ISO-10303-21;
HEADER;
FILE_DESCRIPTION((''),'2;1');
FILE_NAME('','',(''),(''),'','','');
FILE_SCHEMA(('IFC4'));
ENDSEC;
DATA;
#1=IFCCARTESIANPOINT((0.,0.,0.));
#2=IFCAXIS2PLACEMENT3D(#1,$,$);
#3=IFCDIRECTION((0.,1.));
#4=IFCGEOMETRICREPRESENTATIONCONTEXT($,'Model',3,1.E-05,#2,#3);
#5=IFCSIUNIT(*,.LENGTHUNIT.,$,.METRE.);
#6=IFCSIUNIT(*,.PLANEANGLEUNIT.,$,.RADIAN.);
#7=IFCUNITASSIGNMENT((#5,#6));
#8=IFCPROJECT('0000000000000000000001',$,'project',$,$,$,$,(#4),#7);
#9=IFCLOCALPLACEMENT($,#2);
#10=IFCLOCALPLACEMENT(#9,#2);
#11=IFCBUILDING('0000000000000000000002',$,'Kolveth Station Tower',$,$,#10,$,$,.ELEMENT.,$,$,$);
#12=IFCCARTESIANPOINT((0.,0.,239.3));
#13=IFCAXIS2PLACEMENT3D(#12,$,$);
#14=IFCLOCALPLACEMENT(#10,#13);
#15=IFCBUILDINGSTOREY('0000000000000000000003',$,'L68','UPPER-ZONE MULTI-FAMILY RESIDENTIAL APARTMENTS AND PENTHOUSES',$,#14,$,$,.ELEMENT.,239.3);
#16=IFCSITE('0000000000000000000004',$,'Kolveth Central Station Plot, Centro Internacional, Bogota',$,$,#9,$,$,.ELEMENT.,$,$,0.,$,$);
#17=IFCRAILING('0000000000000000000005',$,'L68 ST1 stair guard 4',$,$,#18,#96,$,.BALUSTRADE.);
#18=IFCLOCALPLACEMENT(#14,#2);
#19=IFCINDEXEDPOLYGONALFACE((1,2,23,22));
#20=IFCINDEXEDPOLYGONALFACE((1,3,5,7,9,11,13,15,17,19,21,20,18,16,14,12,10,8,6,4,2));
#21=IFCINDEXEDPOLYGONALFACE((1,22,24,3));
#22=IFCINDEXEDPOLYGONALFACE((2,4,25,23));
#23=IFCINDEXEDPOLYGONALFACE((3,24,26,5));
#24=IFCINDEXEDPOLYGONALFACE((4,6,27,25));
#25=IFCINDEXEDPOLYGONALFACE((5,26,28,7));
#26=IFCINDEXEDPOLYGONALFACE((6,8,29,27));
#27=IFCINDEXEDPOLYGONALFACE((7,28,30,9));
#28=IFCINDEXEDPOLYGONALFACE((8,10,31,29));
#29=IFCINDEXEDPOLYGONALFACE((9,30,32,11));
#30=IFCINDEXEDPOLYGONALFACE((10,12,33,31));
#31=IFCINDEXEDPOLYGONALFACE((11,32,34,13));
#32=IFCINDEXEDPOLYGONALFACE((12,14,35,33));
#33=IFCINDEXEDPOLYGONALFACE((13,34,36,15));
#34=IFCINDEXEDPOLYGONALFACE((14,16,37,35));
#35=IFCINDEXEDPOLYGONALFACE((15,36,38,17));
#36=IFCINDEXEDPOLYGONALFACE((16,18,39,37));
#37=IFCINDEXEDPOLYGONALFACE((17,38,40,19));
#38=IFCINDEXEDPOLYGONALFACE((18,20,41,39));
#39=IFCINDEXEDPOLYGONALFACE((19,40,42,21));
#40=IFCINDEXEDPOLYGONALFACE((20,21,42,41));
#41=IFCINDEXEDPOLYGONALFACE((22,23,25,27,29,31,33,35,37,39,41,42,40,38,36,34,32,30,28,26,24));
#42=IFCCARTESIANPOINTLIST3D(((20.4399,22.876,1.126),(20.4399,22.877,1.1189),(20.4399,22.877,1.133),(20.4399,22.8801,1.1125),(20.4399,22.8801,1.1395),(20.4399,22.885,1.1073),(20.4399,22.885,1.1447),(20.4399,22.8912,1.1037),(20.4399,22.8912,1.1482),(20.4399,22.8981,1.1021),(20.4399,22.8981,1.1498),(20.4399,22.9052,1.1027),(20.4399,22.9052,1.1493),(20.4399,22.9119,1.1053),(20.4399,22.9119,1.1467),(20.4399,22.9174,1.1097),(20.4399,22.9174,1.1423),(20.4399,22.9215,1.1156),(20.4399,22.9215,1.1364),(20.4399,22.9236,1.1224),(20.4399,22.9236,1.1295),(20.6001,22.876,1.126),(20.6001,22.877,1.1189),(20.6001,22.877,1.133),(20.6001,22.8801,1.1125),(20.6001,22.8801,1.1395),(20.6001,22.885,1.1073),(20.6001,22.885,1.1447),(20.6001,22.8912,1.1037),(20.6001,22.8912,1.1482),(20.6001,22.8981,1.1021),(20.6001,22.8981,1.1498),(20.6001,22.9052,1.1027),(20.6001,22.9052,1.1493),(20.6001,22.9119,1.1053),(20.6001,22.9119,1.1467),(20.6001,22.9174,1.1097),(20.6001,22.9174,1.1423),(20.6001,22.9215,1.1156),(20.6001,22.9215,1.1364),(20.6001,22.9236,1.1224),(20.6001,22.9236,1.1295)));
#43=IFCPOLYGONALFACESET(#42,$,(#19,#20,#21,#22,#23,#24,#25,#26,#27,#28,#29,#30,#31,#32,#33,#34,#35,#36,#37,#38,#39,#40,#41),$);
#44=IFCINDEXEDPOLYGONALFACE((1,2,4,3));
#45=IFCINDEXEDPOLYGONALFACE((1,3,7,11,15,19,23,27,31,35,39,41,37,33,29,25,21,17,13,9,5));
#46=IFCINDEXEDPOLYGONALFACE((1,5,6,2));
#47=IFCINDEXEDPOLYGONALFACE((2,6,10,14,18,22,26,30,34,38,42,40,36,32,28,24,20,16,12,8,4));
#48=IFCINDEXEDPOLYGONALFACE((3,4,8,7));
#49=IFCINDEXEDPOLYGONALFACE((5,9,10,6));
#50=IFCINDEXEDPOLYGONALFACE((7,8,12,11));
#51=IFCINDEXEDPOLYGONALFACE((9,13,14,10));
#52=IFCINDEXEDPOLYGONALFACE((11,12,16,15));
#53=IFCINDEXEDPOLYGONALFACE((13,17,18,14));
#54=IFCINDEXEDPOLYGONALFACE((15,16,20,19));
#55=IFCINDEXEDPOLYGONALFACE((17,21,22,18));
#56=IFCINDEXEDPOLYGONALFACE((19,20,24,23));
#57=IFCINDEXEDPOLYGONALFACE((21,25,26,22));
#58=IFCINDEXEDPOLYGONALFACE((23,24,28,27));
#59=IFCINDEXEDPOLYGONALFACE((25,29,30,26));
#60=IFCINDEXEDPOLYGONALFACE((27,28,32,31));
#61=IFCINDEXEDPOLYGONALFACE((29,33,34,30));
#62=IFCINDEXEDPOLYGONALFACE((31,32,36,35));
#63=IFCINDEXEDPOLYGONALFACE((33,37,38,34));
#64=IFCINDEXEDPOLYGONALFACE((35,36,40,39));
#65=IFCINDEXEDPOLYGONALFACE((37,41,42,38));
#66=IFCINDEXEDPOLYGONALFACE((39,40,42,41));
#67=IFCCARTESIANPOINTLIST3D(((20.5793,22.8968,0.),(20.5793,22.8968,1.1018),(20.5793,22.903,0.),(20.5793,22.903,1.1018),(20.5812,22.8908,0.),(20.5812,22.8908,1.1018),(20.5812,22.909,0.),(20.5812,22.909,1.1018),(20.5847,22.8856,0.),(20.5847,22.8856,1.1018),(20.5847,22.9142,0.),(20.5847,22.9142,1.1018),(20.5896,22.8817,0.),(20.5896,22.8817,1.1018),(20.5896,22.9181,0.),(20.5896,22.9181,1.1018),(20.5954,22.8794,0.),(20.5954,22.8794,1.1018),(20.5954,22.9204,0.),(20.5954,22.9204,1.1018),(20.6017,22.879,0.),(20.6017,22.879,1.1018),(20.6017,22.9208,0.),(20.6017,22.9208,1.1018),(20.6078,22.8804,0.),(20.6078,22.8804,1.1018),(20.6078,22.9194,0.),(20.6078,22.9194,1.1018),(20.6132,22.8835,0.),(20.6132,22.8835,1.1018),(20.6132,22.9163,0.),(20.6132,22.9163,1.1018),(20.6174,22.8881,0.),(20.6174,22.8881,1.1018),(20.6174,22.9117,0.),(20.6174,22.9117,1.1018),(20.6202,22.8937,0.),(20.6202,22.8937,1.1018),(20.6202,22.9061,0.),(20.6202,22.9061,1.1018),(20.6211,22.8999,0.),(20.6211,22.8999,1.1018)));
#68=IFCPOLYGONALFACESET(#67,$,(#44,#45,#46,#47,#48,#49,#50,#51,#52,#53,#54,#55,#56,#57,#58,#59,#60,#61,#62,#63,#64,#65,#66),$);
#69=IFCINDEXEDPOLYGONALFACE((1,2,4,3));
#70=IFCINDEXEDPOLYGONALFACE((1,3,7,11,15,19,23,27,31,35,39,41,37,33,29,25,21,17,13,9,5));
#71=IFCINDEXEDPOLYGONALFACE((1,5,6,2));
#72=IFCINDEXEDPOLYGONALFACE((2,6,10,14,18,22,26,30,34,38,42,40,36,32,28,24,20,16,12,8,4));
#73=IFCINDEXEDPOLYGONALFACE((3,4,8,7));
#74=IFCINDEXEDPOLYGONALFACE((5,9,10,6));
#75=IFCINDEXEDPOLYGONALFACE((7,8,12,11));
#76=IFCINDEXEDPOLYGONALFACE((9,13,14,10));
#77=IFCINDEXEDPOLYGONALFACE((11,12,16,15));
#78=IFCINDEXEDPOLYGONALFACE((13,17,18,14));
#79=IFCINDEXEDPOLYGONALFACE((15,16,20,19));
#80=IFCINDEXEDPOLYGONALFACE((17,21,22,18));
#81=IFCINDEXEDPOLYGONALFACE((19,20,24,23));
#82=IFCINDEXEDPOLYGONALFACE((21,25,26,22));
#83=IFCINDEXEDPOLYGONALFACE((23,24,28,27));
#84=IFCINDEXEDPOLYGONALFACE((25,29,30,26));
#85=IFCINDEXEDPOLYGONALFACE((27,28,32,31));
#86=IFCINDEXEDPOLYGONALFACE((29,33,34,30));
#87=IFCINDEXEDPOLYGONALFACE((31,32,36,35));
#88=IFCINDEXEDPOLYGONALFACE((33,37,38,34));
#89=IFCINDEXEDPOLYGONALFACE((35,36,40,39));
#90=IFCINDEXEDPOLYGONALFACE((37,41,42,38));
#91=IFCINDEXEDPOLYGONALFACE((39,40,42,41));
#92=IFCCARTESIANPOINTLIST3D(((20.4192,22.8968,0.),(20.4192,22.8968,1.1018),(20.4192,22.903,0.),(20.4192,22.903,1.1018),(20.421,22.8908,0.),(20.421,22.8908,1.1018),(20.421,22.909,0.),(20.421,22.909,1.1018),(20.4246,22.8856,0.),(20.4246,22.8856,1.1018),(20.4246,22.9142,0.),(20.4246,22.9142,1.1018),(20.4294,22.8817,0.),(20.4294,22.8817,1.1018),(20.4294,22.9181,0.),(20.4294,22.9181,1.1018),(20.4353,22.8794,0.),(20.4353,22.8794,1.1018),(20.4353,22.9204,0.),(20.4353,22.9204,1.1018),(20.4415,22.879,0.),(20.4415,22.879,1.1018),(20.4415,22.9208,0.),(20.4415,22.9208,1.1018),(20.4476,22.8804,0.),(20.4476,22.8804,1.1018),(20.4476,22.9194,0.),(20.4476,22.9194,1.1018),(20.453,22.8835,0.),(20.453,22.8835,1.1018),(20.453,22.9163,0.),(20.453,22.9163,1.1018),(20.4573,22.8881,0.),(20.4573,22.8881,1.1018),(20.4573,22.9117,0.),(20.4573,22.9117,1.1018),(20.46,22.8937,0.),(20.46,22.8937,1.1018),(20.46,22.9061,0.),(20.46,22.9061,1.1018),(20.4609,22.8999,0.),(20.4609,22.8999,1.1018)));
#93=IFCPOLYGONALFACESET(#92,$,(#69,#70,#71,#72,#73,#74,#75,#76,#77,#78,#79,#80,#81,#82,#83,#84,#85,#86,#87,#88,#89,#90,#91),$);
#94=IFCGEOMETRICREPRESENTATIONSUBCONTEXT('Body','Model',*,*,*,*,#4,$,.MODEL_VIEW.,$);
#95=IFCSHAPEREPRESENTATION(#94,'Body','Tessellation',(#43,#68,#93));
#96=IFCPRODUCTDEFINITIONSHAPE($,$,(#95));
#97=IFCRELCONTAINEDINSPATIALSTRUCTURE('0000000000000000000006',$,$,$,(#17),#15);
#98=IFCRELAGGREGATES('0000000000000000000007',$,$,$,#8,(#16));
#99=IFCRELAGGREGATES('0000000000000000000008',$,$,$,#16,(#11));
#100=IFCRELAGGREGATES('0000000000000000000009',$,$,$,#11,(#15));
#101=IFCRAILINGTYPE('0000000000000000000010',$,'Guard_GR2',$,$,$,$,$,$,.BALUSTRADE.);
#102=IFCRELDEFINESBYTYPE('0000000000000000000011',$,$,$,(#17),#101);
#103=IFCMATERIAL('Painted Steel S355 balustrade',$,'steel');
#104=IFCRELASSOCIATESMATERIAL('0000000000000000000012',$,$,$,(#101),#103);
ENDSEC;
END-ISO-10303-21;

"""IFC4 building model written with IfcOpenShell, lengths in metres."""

from ifc_helpers import new_model, si_unit, direction, frame, origin, origin_2d, place, context, subcontext, project, spatial, circle, extrude, material, type_object, element, save


model = new_model("IFC4")

# Units and contexts
model_context = context("Model", 3, precision=1e-05, world=origin(), true_north=direction((0.0, 1.0)))
body_context = subcontext(model_context, "Body", "Model", "MODEL_VIEW")
ifc_project = project(units=[si_unit("LENGTHUNIT", "METRE"), si_unit("PLANEANGLEUNIT", "RADIAN")], contexts=[model_context])

# Site, building, storey
site_placement = place(None, origin())
site = spatial("IfcSite", under=ifc_project, at=site_placement, Name="Kolveth Central Station Plot, Centro Internacional, Bogota", CompositionType="ELEMENT", RefElevation=0.0)
building_placement = place(site_placement, origin())
building = spatial("IfcBuilding", under=site, at=building_placement, Name="Kolveth Station Tower", CompositionType="ELEMENT")
storey_placement = place(building_placement, frame((0.0, 0.0, 239.3)))
storey = spatial("IfcBuildingStorey", under=building, at=storey_placement, Name="L68", Description="UPPER-ZONE MULTI-FAMILY RESIDENTIAL APARTMENTS AND PENTHOUSES", CompositionType="ELEMENT", Elevation=239.3)

# Railing
ifc_material_1 = material(Name="Painted Steel S355 balustrade", Category="steel")
railing_type_1 = type_object("IfcRailingType", Name="Guard_GR2", PredefinedType="BALUSTRADE", material=ifc_material_1)
railing_1_placement = place(storey_placement, frame((20.6001, 22.8999, 0.0)))
element("IfcRailing", 1, at=railing_1_placement, inside=storey, type_object=railing_type_1, Name="L68 ST1 stair guard 4", PredefinedType="BALUSTRADE", context=body_context, shape_type="SweptSolid", body=[
    extrude(circle(Radius=0.0239, at=origin_2d()), frame((0.0, 0.0, 1.126), z_axis=(-1.0, 0.0, 0.0), x_axis=(0.0, -1.0, 0.0)), (0.0, 0.0, 1.0), 0.1602),
    extrude(circle(Radius=0.021, at=origin_2d()), origin(), (0.0, 0.0, 1.0), 1.1018),
    extrude(circle(Radius=0.021, at=origin_2d()), frame((-0.1602, 0.0, 0.0)), (0.0, 0.0, 1.0), 1.1018),
])

save(model, "model.ifc")
